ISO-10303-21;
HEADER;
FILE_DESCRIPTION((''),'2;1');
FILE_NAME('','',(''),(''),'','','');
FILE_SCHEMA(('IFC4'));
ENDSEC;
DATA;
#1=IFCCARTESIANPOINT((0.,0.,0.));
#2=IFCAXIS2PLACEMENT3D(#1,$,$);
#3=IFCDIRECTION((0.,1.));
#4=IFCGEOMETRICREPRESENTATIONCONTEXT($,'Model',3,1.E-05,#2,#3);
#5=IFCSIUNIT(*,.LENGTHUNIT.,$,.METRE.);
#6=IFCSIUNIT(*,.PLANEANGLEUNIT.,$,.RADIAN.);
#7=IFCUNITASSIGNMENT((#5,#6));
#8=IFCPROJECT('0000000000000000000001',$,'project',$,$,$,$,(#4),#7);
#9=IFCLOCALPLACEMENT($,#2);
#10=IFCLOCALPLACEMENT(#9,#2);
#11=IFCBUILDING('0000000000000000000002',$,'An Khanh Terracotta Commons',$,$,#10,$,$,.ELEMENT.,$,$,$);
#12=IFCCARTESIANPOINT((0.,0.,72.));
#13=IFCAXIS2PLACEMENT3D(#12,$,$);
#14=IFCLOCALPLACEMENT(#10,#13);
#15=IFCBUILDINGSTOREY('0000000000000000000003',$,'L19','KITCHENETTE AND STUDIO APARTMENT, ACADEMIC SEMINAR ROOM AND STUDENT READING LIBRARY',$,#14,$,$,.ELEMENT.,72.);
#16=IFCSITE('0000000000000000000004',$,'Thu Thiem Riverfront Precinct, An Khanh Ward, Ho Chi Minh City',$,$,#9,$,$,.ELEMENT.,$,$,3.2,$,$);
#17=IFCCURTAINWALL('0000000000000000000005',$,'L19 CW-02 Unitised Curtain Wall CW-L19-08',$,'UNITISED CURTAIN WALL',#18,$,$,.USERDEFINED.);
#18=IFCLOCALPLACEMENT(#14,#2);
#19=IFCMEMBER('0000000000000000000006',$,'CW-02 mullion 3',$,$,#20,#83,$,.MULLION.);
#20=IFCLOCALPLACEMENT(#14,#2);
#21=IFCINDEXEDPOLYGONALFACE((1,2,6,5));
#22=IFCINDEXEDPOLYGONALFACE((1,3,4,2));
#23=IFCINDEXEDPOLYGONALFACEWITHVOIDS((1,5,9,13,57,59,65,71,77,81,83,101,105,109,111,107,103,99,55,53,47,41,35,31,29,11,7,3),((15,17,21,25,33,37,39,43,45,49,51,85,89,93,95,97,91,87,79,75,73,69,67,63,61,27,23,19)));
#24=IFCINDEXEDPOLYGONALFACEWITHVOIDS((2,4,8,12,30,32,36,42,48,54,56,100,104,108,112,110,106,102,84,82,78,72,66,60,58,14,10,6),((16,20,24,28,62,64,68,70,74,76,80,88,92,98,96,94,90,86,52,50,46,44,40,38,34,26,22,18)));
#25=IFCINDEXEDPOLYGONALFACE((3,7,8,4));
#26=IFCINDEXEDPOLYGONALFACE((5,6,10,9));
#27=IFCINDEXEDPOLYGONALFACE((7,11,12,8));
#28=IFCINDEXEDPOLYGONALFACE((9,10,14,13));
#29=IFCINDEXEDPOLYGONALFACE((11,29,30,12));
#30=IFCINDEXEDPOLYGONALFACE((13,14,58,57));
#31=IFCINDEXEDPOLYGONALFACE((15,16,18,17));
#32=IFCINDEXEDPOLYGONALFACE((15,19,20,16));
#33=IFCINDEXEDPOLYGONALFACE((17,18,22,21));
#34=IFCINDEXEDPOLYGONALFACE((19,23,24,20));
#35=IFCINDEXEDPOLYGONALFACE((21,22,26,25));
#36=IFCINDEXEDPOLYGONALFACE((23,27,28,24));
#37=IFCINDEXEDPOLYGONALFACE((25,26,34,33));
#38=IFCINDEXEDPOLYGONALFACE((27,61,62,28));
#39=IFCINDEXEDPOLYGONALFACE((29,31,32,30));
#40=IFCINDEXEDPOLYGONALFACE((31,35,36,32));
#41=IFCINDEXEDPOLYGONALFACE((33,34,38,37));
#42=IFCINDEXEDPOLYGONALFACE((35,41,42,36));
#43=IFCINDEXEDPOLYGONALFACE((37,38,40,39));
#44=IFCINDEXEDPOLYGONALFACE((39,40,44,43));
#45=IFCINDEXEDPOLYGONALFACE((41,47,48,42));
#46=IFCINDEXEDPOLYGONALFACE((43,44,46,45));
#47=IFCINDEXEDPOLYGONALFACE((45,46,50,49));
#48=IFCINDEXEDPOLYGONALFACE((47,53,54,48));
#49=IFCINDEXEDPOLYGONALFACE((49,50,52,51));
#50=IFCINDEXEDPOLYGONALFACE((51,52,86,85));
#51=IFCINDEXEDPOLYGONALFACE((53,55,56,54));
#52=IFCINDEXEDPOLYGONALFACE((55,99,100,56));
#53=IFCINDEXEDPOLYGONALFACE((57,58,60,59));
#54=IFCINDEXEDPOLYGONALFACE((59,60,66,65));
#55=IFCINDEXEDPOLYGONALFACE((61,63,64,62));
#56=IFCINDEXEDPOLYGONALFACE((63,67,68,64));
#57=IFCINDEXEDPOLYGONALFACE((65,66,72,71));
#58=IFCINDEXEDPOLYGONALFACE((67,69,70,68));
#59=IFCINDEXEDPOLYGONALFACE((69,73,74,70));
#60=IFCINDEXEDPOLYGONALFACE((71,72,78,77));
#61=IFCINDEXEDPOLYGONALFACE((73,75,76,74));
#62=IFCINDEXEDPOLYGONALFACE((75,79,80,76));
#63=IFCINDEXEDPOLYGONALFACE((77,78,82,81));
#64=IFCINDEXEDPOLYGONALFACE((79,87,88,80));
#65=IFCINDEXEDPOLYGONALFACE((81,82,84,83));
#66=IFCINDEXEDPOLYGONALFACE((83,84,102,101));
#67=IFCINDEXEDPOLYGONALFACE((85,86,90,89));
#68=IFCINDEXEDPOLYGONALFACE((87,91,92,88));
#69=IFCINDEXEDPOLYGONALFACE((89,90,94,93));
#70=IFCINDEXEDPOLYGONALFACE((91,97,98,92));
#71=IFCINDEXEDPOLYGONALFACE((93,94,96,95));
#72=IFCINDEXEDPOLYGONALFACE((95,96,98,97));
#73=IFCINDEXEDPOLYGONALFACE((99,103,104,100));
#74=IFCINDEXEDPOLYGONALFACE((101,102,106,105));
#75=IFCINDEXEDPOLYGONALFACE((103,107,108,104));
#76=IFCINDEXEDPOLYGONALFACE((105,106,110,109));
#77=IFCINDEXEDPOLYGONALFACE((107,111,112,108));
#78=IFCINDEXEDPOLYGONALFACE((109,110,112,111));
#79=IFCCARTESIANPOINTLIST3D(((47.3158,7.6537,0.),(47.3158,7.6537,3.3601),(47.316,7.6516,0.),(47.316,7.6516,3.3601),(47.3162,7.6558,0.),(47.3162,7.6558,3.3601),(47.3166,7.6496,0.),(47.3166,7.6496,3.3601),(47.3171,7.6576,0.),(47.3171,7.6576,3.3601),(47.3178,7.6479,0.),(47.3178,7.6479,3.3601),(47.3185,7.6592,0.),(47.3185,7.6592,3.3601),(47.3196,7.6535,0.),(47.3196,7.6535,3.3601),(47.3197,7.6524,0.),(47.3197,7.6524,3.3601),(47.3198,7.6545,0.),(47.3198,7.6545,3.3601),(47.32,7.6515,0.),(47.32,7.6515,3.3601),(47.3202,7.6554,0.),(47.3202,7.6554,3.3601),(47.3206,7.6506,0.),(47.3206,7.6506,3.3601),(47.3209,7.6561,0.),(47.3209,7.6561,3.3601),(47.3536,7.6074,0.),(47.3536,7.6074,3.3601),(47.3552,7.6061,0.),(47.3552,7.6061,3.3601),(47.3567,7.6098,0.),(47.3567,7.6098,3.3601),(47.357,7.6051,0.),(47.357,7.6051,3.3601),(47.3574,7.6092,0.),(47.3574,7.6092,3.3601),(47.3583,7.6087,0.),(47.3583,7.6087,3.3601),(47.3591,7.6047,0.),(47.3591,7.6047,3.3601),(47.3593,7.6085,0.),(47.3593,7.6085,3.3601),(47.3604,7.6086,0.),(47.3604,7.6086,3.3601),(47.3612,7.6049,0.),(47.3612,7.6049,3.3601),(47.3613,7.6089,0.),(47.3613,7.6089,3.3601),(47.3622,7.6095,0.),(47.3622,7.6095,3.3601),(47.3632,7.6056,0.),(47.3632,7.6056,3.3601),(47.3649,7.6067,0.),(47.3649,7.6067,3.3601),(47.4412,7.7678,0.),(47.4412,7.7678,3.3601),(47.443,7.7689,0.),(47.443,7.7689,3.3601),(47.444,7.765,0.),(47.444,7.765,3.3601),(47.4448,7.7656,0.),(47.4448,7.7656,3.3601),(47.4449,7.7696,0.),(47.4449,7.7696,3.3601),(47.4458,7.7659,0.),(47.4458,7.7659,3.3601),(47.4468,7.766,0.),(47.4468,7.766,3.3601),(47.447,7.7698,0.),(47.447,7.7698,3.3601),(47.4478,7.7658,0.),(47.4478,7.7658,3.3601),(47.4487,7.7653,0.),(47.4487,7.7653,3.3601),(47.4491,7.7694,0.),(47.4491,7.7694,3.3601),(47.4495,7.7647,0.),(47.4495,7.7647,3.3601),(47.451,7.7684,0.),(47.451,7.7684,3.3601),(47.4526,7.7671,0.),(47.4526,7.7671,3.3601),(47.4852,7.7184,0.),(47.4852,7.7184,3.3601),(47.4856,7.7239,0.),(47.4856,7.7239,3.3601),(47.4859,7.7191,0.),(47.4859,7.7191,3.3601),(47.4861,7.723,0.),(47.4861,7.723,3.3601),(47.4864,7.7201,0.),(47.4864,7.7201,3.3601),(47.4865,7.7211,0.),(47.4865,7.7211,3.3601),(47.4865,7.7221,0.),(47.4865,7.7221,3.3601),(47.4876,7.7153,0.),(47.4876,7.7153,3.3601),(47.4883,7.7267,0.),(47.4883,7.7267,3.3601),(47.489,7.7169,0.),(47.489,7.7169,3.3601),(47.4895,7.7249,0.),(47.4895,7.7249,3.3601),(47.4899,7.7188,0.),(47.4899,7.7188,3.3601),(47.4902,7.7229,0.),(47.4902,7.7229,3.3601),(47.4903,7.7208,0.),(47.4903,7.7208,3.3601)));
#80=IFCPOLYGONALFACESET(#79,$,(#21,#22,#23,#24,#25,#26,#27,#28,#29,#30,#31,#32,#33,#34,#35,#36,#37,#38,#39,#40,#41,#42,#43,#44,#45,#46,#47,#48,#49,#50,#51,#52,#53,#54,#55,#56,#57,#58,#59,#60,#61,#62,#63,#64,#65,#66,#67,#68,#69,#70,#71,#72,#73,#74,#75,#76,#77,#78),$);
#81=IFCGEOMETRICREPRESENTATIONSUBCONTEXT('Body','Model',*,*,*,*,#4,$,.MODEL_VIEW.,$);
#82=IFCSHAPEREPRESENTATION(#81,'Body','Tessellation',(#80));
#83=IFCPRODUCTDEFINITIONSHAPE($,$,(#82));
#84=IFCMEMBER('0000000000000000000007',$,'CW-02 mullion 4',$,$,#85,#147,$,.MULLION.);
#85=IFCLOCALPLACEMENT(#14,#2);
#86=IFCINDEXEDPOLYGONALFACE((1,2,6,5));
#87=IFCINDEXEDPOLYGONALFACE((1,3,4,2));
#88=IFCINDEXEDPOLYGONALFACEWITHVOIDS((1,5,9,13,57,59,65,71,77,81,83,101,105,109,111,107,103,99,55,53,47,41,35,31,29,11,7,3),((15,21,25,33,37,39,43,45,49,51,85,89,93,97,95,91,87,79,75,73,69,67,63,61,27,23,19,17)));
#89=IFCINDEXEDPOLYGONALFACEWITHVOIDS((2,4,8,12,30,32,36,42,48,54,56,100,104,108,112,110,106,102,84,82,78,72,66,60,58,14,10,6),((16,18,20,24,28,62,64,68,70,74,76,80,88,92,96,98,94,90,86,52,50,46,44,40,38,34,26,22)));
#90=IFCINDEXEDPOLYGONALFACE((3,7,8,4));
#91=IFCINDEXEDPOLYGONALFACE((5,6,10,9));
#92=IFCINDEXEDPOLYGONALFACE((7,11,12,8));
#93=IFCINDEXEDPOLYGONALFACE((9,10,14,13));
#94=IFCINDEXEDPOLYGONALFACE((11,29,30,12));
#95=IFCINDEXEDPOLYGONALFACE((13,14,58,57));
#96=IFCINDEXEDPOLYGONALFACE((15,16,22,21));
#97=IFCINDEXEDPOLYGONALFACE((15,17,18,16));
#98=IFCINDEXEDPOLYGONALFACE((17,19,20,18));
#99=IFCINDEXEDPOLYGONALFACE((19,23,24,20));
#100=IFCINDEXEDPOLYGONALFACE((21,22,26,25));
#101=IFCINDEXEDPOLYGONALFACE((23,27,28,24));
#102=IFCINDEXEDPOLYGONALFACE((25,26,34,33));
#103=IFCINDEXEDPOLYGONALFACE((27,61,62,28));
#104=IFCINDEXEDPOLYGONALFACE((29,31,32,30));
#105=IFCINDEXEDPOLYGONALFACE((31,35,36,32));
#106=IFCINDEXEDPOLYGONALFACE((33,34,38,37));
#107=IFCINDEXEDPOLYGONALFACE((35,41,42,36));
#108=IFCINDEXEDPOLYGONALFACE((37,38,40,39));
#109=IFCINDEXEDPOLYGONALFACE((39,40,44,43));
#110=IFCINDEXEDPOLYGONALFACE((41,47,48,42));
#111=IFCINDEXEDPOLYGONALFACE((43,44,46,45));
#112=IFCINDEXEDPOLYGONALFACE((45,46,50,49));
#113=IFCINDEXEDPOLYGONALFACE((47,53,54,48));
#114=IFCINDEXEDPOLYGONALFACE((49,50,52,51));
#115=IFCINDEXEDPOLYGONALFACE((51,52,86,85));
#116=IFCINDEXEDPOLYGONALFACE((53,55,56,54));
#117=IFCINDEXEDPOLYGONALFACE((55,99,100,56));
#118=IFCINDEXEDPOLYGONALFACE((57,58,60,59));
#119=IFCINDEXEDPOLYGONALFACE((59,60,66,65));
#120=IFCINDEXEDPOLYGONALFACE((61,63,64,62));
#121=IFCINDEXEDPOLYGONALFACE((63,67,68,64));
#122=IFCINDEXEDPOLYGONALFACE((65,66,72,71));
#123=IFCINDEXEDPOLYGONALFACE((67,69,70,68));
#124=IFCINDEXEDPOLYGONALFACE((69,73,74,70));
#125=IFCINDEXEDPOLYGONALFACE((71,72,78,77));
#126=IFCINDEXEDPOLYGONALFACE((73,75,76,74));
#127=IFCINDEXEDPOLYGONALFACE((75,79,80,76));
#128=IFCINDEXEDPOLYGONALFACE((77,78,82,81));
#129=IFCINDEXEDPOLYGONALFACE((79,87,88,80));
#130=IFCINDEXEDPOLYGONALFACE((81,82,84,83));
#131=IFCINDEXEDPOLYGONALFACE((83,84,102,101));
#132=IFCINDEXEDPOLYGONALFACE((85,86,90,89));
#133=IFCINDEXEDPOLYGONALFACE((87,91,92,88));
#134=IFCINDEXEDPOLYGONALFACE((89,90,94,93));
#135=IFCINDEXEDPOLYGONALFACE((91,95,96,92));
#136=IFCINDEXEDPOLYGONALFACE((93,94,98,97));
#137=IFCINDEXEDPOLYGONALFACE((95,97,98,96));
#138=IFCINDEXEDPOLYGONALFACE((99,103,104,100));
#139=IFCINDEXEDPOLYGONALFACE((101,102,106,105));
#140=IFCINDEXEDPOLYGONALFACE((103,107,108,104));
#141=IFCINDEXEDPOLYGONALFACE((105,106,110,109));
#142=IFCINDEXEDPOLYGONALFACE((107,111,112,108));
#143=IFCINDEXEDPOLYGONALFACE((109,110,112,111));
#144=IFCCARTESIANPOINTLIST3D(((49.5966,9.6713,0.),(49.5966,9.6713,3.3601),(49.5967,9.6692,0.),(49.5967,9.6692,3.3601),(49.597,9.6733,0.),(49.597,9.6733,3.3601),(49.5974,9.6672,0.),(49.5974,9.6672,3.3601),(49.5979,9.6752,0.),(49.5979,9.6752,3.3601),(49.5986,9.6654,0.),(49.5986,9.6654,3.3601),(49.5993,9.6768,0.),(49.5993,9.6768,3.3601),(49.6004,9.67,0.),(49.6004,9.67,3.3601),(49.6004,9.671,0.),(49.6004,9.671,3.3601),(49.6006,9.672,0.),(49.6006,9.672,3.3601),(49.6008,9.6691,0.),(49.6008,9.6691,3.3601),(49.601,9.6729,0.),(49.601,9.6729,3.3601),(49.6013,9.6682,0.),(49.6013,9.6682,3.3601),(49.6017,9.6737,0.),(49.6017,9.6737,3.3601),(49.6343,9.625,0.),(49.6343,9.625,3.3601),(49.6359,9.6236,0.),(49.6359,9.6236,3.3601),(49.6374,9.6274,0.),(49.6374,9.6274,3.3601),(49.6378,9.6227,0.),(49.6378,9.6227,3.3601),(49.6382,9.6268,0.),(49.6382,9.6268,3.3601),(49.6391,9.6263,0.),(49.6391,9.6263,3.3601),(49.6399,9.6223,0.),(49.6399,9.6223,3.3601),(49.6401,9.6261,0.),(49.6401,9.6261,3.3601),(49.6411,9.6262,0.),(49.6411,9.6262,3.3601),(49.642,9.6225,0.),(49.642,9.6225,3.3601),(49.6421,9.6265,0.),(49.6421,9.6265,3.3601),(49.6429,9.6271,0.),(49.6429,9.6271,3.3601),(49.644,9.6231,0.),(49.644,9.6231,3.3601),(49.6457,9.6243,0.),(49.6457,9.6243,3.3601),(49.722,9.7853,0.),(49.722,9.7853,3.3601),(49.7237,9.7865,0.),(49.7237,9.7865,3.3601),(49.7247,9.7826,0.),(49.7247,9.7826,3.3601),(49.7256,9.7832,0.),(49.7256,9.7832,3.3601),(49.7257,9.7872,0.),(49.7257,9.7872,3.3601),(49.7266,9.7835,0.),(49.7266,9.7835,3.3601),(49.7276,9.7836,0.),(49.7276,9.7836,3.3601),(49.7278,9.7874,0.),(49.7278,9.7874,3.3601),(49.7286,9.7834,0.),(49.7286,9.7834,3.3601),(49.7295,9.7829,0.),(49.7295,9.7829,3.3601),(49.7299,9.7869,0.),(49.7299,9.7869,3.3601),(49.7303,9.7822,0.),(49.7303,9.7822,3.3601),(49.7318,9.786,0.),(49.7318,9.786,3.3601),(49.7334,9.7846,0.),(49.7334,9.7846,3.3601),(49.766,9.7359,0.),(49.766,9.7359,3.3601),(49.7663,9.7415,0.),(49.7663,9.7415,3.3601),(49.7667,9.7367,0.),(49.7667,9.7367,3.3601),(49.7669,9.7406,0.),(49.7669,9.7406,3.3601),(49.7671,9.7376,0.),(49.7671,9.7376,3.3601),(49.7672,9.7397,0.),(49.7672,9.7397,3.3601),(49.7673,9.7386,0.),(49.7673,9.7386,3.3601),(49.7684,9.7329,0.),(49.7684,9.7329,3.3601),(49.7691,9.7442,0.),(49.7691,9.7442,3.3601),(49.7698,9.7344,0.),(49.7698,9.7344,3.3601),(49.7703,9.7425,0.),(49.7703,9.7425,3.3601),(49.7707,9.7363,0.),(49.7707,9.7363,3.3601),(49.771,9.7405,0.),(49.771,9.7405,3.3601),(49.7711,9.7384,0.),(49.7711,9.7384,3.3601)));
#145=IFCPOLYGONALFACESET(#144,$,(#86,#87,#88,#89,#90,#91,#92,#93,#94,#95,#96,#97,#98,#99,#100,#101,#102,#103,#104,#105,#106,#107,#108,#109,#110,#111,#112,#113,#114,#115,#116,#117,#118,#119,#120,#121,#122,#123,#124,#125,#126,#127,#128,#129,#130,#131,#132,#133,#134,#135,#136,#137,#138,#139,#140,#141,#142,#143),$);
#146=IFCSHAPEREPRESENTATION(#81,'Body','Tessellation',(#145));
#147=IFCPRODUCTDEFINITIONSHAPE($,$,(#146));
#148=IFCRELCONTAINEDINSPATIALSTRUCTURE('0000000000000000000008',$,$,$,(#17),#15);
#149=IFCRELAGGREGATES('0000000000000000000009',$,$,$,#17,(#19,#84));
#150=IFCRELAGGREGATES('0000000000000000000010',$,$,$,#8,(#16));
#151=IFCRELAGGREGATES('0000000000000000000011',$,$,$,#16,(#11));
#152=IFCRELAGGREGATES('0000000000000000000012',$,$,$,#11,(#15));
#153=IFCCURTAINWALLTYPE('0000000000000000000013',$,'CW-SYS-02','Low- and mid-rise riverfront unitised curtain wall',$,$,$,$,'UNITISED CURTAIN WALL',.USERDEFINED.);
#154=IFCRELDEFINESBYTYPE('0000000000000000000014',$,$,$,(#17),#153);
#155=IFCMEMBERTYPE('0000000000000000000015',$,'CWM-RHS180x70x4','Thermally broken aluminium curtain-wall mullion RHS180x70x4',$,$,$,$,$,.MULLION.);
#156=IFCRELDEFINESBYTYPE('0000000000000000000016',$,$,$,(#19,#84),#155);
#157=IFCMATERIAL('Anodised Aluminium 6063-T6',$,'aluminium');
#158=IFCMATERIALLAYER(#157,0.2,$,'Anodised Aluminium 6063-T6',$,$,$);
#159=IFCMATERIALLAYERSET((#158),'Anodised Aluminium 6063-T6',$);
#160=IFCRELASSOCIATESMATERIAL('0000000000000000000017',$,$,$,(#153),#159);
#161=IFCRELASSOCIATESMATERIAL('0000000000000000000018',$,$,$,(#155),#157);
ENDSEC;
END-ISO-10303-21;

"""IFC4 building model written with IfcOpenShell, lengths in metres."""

from ifc_helpers import new_model, si_unit, direction, frame, origin, origin_2d, place, context, subcontext, project, spatial, hollow_rectangle, extrude, material, layer, layer_set, material_profile, profile_set, type_object, element, aggregate, save


model = new_model("IFC4")

# Units and contexts
model_context = context("Model", 3, precision=1e-05, world=origin(), true_north=direction((0.0, 1.0)))
body_context = subcontext(model_context, "Body", "Model", "MODEL_VIEW")
ifc_project = project(units=[si_unit("LENGTHUNIT", "METRE"), si_unit("PLANEANGLEUNIT", "RADIAN")], contexts=[model_context])

# Site, building, storey
site_placement = place(None, origin())
site = spatial("IfcSite", under=ifc_project, at=site_placement, Name="Thu Thiem Riverfront Precinct, An Khanh Ward, Ho Chi Minh City", CompositionType="ELEMENT", RefElevation=3.2)
building_placement = place(site_placement, origin())
building = spatial("IfcBuilding", under=site, at=building_placement, Name="An Khanh Terracotta Commons", CompositionType="ELEMENT")
storey_placement = place(building_placement, frame((0.0, 0.0, 72.0)))
storey = spatial("IfcBuildingStorey", under=building, at=storey_placement, Name="L19", Description="KITCHENETTE AND STUDIO APARTMENT, ACADEMIC SEMINAR ROOM AND STUDENT READING LIBRARY", CompositionType="ELEMENT", Elevation=72.0)

# Curtain wall, members
ifc_material_1 = material(Name="Anodised Aluminium 6063-T6", Category="aluminium")
ifc_layer_1 = layer(ifc_material_1, 0.2, Name="Anodised Aluminium 6063-T6")
ifc_layer_set_1 = layer_set([ifc_layer_1], Name="Anodised Aluminium 6063-T6")
curtain_wall_type = type_object("IfcCurtainWallType", Name="CW-SYS-02", Description="Low- and mid-rise riverfront unitised curtain wall", ElementType="UNITISED CURTAIN WALL", PredefinedType="USERDEFINED", material=ifc_layer_set_1)
curtain_wall_1_placement = place(storey_placement, origin())
curtain_wall_1 = element("IfcCurtainWall", 1, at=curtain_wall_1_placement, inside=storey, type_object=curtain_wall_type, Name="L19 CW-02 Unitised Curtain Wall CW-L19-08", ObjectType="UNITISED CURTAIN WALL", PredefinedType="USERDEFINED")
ifc_material_profile_1 = material_profile(ifc_material_1, hollow_rectangle(XDim=0.0701, YDim=0.1799, WallThickness=0.0039, InnerFilletRadius=0.0039, OuterFilletRadius=0.0081, at=origin_2d()), Name="RHS180x70x4")
ifc_profile_set_1 = profile_set([ifc_material_profile_1], Name="Anodised Aluminium 6063-T6")
member_type_1 = type_object("IfcMemberType", Name="CWM-RHS180x70x4", Description="Thermally broken aluminium curtain-wall mullion RHS180x70x4", PredefinedType="MULLION", material=ifc_profile_set_1)
member_1_placement = place(storey_placement, frame((47.4031, 7.6873, 0.0), z_axis=(0.0, 0.0, 1.0), x_axis=(-0.662548, 0.749019, 0.0)))
member_1 = element("IfcMember", 2, at=member_1_placement, type_object=member_type_1, Name="CW-02 mullion 3", PredefinedType="MULLION", context=body_context, shape_type="SweptSolid", body=[
    extrude(hollow_rectangle(XDim=0.0701, YDim=0.1799, WallThickness=0.0039, InnerFilletRadius=0.0039, OuterFilletRadius=0.0081, at=origin_2d()), origin(), (0.0, 0.0, 1.0), 3.3601),
])
member_2_placement = place(storey_placement, frame((49.6838, 9.7048, 0.0), z_axis=(0.0, 0.0, 1.0), x_axis=(-0.662548, 0.749019, 0.0)))
member_2 = element("IfcMember", 3, at=member_2_placement, type_object=member_type_1, Name="CW-02 mullion 4", PredefinedType="MULLION", context=body_context, shape_type="SweptSolid", body=[
    extrude(hollow_rectangle(XDim=0.0701, YDim=0.1799, WallThickness=0.0039, InnerFilletRadius=0.0039, OuterFilletRadius=0.0081, at=origin_2d()), origin(), (0.0, 0.0, 1.0), 3.3601),
])

aggregate(curtain_wall_1, [member_1, member_2])

save(model, "model.ifc")
